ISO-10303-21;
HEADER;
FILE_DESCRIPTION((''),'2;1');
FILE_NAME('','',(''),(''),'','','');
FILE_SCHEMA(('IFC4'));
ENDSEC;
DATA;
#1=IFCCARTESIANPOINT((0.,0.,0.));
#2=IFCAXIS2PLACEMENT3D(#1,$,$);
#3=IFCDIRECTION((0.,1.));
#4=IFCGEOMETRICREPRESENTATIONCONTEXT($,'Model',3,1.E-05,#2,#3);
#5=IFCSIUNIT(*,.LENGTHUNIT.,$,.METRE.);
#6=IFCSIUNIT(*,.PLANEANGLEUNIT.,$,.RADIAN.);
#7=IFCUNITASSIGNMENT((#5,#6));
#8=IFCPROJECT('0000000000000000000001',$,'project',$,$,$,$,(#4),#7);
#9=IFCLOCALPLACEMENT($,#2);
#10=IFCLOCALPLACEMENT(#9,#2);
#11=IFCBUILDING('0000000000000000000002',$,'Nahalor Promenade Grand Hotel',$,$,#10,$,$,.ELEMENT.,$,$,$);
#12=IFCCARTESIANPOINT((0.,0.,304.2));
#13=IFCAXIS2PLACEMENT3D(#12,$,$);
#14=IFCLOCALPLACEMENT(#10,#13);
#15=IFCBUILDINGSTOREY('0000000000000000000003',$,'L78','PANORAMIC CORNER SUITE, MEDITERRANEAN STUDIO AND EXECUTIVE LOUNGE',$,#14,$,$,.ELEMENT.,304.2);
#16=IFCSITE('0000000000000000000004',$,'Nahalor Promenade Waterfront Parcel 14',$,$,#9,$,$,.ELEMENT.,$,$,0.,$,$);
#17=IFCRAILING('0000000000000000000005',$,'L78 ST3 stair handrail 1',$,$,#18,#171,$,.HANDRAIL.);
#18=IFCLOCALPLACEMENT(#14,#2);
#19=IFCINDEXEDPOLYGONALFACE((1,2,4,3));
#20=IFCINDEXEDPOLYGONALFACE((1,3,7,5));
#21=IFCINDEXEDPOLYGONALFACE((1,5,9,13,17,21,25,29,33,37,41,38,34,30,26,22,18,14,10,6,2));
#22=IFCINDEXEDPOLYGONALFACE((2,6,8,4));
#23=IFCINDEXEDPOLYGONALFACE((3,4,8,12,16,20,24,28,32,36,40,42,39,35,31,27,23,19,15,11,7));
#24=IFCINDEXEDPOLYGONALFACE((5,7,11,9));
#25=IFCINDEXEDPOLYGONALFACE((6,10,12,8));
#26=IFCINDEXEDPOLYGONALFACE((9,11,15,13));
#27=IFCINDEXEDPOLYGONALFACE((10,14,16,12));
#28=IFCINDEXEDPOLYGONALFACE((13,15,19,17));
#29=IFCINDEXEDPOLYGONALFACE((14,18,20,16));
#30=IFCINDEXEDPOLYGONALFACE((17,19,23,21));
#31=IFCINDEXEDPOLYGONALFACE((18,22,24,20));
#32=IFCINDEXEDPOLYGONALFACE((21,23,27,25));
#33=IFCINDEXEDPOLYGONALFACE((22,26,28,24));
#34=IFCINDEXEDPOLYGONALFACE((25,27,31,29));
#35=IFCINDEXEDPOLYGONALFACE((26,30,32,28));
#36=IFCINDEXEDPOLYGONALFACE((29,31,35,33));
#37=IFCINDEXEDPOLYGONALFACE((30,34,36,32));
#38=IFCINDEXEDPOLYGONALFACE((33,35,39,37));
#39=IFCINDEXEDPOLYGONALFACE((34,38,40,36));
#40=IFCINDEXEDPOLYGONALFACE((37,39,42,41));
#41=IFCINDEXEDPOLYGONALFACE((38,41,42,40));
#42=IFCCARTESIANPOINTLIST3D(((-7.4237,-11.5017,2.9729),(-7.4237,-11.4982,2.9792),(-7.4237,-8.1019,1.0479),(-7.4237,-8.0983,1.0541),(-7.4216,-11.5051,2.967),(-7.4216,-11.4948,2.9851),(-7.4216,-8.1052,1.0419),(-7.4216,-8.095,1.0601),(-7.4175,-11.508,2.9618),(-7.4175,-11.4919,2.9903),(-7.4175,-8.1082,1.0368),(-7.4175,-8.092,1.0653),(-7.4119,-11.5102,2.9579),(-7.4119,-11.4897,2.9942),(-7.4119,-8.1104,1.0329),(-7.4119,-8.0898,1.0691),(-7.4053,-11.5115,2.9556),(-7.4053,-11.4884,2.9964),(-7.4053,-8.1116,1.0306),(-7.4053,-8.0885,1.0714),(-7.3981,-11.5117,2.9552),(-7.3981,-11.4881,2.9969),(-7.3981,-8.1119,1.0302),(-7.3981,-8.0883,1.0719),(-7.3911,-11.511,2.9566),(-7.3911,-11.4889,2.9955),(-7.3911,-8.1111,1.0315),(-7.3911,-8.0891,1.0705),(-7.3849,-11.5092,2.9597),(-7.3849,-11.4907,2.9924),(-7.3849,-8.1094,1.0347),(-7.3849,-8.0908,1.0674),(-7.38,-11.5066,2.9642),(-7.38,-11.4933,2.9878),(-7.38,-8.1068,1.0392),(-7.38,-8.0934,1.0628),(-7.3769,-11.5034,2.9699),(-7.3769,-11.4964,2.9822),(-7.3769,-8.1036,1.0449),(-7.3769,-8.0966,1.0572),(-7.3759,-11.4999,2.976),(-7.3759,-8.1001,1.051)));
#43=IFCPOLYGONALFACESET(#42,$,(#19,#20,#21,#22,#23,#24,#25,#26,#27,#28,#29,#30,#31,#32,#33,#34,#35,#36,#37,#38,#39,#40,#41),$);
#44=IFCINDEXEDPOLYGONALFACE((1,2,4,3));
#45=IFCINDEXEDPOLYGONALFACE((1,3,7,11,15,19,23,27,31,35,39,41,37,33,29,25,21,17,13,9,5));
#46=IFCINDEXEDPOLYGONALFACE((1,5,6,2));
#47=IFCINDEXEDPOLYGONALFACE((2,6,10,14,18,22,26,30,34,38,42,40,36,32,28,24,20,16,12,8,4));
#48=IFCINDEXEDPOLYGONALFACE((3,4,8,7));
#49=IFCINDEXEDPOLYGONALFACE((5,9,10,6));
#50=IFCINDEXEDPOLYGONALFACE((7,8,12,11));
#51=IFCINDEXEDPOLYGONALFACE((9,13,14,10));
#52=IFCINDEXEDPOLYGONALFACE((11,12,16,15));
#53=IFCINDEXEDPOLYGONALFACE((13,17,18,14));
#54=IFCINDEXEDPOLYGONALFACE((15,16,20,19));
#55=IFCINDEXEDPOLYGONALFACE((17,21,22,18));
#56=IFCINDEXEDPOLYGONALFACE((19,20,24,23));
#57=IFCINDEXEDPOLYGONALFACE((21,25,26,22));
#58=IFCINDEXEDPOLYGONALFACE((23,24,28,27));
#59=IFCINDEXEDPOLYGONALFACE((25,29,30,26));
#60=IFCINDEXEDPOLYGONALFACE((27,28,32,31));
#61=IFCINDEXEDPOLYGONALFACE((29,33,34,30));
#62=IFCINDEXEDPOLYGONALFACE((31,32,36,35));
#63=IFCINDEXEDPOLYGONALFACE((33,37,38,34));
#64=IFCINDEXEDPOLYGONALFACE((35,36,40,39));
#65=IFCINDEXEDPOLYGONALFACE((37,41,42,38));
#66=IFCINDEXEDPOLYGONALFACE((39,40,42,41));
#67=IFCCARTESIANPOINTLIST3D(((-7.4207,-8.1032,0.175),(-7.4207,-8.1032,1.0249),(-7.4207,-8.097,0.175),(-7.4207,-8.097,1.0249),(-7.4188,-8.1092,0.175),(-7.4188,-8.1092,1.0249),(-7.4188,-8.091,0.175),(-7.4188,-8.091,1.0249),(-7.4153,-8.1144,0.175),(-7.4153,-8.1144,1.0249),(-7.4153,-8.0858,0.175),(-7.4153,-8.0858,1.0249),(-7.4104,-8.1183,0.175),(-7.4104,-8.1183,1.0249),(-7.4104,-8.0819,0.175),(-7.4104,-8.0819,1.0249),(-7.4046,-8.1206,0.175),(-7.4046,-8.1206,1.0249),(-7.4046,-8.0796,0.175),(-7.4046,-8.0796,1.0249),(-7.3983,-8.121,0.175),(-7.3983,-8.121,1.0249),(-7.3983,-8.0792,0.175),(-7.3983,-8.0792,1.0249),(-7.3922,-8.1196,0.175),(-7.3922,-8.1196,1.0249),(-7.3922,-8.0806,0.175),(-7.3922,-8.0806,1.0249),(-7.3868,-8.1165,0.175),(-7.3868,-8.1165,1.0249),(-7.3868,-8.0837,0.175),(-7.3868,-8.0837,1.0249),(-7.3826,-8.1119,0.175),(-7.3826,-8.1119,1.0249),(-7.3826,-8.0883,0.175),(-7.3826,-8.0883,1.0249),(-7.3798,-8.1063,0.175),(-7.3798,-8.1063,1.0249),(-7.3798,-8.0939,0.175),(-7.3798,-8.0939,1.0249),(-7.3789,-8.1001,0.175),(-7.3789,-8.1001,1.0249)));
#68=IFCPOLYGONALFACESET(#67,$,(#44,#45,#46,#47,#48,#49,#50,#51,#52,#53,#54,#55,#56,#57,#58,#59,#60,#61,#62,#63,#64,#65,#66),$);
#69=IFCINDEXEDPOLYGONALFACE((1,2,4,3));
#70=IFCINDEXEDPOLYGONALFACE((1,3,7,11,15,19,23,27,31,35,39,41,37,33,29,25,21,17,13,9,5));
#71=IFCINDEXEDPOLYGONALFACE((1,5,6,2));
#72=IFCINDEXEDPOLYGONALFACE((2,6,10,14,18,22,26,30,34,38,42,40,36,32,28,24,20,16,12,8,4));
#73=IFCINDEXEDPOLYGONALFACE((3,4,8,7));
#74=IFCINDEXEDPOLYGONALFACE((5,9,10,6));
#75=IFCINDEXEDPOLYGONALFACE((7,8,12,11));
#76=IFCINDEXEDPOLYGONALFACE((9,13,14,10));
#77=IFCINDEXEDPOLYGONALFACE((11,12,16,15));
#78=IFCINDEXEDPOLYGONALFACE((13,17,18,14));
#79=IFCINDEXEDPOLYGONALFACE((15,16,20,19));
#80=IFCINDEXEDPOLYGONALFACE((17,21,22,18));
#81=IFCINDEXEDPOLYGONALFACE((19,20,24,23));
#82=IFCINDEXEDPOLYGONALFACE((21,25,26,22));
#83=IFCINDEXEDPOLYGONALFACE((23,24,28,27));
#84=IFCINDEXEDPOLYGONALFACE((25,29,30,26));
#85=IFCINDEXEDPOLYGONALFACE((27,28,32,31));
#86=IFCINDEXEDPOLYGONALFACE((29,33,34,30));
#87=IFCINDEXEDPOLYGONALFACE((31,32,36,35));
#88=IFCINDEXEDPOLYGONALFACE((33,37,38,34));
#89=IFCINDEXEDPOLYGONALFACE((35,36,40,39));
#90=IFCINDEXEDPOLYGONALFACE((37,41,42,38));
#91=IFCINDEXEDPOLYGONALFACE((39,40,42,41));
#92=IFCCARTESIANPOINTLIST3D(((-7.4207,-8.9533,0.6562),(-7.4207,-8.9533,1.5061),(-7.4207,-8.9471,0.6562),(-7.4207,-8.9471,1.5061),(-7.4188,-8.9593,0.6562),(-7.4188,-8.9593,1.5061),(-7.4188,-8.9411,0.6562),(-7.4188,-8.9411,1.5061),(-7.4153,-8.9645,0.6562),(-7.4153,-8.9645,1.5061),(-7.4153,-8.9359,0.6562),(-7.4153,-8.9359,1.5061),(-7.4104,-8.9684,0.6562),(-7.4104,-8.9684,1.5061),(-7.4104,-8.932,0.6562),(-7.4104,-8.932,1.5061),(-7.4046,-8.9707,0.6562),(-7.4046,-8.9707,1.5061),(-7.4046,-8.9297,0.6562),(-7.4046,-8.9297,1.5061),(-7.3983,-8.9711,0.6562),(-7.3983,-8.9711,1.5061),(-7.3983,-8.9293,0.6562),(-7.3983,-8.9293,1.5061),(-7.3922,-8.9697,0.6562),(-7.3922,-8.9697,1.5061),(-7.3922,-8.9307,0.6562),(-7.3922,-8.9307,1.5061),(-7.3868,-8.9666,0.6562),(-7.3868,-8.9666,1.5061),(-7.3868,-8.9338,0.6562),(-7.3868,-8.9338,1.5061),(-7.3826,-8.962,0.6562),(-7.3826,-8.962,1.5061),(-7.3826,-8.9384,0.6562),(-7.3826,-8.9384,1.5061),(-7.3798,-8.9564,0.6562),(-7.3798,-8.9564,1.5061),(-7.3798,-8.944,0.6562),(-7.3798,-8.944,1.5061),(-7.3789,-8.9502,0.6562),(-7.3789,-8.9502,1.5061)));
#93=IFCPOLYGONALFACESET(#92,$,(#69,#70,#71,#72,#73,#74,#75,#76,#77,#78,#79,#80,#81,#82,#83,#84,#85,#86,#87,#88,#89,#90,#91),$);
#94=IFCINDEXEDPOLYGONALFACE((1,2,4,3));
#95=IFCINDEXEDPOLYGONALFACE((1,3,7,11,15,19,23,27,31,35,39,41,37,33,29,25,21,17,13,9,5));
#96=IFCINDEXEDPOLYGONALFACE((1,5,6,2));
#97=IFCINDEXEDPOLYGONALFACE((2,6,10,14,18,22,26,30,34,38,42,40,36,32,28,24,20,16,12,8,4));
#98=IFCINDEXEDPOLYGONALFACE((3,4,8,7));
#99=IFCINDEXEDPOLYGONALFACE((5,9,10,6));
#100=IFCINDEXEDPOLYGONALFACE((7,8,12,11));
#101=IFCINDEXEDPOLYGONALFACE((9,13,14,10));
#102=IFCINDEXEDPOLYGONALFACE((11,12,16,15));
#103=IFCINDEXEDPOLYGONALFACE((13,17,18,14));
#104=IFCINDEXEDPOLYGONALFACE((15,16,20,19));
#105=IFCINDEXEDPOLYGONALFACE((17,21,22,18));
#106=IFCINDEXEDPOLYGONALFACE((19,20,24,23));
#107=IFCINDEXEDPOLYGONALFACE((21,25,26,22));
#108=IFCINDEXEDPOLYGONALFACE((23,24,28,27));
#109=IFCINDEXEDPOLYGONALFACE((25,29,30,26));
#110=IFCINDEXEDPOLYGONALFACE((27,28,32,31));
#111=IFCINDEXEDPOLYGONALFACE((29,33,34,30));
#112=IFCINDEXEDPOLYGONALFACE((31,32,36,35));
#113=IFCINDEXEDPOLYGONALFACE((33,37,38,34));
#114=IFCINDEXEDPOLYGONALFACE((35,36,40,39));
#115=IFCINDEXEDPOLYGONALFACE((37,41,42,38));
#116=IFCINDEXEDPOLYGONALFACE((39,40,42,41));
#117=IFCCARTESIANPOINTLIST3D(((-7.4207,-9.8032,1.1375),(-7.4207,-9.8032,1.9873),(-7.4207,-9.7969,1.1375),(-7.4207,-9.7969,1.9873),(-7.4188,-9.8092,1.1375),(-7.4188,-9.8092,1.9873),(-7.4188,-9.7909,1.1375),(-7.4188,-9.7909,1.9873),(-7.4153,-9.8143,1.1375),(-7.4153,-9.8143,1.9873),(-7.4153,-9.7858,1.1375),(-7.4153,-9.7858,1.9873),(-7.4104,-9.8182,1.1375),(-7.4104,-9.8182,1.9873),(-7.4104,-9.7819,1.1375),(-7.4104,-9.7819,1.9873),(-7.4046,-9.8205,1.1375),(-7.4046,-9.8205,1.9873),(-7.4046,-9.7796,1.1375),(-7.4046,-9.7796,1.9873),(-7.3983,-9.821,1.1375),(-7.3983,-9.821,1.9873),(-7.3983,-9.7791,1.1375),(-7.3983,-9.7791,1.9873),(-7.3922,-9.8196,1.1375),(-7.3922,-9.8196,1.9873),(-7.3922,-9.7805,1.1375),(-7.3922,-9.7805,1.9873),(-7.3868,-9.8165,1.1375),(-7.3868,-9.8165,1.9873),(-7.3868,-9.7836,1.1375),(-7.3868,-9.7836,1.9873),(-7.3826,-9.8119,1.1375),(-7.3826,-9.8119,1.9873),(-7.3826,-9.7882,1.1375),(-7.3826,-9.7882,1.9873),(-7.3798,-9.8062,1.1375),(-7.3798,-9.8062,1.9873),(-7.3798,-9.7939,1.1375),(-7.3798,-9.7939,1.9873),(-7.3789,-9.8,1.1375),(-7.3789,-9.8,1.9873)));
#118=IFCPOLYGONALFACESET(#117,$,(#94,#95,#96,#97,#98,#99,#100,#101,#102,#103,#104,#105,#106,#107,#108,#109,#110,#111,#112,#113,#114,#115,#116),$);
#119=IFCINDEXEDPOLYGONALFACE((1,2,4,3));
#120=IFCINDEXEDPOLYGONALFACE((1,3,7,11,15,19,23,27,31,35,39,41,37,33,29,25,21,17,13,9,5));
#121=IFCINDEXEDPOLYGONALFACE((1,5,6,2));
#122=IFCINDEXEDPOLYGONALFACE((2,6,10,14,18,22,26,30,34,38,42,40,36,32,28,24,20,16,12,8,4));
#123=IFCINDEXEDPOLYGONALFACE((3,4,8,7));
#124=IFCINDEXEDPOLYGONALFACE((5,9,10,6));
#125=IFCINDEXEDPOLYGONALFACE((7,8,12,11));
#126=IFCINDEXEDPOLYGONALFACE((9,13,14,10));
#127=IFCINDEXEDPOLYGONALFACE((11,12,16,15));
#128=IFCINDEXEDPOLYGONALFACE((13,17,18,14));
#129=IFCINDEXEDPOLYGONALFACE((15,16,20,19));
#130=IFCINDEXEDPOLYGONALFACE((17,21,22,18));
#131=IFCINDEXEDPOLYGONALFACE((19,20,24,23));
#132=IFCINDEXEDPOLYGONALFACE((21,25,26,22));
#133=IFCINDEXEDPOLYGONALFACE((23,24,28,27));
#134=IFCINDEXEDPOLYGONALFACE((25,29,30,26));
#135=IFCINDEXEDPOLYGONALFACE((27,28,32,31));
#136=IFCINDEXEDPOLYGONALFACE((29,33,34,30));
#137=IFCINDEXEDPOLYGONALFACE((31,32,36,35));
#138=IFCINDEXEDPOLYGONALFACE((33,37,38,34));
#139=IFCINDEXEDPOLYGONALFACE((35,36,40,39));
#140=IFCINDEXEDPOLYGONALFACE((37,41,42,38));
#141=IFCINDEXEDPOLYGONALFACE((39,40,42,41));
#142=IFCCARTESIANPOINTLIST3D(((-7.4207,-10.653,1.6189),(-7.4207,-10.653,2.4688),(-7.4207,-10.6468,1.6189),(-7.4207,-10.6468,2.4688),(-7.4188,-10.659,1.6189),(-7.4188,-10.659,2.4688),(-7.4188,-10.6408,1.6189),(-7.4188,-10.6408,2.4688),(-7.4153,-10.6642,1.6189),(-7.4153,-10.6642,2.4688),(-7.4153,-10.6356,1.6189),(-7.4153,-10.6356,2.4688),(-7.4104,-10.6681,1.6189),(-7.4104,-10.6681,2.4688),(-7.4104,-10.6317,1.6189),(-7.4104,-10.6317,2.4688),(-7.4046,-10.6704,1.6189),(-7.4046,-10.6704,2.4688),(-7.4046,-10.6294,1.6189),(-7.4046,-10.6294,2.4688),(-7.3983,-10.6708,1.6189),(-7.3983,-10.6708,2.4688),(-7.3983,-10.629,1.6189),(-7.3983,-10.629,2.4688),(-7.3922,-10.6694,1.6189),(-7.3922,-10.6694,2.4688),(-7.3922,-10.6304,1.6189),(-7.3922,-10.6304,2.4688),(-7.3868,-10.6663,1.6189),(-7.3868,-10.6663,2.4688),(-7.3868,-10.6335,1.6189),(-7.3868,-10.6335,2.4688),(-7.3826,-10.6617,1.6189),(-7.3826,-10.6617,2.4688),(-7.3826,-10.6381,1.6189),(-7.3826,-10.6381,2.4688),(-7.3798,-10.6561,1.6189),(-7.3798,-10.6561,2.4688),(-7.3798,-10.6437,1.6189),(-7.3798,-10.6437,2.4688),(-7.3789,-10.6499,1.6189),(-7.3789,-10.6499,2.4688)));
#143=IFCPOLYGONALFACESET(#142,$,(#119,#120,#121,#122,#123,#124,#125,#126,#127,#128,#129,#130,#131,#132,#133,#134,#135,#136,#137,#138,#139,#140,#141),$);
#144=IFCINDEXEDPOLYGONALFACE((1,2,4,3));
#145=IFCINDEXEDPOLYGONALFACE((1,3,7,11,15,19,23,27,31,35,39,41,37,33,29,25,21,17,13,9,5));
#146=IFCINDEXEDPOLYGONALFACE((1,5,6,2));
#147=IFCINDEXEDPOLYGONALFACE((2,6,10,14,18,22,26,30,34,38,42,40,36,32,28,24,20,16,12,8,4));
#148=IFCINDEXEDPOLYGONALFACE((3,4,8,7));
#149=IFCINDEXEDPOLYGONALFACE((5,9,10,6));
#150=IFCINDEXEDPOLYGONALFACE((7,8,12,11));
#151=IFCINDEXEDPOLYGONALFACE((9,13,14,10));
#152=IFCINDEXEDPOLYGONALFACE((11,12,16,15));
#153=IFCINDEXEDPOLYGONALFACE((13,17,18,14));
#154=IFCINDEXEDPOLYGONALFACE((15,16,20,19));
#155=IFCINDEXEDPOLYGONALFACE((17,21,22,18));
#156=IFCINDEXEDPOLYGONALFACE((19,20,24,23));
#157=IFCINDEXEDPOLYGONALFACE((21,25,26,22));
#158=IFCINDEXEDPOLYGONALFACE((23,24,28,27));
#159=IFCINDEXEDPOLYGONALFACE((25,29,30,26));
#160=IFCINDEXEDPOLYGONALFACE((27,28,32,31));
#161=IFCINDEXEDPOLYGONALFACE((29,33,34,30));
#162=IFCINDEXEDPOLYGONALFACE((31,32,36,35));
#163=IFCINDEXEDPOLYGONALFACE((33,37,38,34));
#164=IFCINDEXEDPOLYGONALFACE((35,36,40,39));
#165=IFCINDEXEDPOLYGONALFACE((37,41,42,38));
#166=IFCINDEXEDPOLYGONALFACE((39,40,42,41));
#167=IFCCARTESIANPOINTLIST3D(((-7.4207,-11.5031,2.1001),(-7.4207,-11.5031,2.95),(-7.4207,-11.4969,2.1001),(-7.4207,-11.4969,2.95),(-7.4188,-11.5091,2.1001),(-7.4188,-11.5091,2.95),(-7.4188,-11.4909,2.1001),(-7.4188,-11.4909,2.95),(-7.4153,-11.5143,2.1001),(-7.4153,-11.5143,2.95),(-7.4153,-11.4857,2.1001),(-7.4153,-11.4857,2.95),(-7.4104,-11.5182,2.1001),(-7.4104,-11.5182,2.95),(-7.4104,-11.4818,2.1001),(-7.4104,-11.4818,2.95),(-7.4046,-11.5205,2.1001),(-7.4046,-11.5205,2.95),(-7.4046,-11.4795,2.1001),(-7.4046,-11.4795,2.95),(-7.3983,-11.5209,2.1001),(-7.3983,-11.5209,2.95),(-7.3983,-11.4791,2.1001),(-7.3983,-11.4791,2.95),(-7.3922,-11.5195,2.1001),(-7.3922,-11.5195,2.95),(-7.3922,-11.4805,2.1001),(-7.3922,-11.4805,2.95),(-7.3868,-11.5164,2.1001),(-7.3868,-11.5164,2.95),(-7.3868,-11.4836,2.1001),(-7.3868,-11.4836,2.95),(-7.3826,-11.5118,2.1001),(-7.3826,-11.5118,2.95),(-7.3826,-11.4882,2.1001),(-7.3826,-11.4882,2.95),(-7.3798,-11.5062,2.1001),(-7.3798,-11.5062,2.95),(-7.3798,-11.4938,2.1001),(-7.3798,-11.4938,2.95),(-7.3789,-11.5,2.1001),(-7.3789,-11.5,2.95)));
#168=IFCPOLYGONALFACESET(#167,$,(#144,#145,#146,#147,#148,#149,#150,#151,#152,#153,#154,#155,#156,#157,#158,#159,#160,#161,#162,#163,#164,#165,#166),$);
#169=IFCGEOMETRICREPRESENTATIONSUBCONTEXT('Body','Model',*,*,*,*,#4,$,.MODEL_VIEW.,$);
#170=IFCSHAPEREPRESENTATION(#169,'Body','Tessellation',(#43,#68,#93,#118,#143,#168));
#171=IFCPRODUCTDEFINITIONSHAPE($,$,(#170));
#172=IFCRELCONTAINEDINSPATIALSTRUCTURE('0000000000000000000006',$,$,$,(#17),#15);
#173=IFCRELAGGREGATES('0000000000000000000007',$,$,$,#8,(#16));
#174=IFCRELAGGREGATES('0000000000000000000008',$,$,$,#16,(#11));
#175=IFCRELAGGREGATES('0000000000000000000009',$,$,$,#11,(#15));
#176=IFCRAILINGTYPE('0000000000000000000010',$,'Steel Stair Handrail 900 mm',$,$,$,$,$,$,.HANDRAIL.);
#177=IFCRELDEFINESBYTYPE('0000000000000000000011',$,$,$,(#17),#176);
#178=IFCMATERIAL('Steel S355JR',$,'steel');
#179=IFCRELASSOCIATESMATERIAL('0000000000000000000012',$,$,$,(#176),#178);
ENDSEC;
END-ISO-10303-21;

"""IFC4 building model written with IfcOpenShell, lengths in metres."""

from ifc_helpers import new_model, si_unit, direction, frame, origin, origin_2d, place, context, subcontext, project, spatial, circle, extrude, material, type_object, element, save


model = new_model("IFC4")

# Units and contexts
model_context = context("Model", 3, precision=1e-05, world=origin(), true_north=direction((0.0, 1.0)))
body_context = subcontext(model_context, "Body", "Model", "MODEL_VIEW")
ifc_project = project(units=[si_unit("LENGTHUNIT", "METRE"), si_unit("PLANEANGLEUNIT", "RADIAN")], contexts=[model_context])

# Site, building, storey
site_placement = place(None, origin())
site = spatial("IfcSite", under=ifc_project, at=site_placement, Name="Nahalor Promenade Waterfront Parcel 14", CompositionType="ELEMENT", RefElevation=0.0)
building_placement = place(site_placement, origin())
building = spatial("IfcBuilding", under=site, at=building_placement, Name="Nahalor Promenade Grand Hotel", CompositionType="ELEMENT")
storey_placement = place(building_placement, frame((0.0, 0.0, 304.2)))
storey = spatial("IfcBuildingStorey", under=building, at=storey_placement, Name="L78", Description="PANORAMIC CORNER SUITE, MEDITERRANEAN STUDIO AND EXECUTIVE LOUNGE", CompositionType="ELEMENT", Elevation=304.2)

# Shared definitions
ifc_material_1 = material(Name="Steel S355JR", Category="steel")

# Railing
railing_type_1 = type_object("IfcRailingType", Name="Steel Stair Handrail 900 mm", PredefinedType="HANDRAIL", material=ifc_material_1)
railing_1_placement = place(storey_placement, frame((-7.3999, -8.1001, 0.175)))
element("IfcRailing", 1, at=railing_1_placement, inside=storey, type_object=railing_type_1, Name="L78 ST3 stair handrail 1", PredefinedType="HANDRAIL", context=body_context, shape_type="SweptSolid", body=[
    extrude(circle(Radius=0.024, at=origin_2d()), frame((0.0, 0.0, 0.876), z_axis=(0.0, -0.870194, 0.49271), x_axis=(1.0, 0.0, 0.0)), (0.0, 0.0, 1.0), 3.907),
    extrude(circle(Radius=0.021, at=origin_2d()), origin(), (0.0, 0.0, 1.0), 0.8499),
    extrude(circle(Radius=0.021, at=origin_2d()), frame((0.0, -0.8501, 0.4812)), (0.0, 0.0, 1.0), 0.8499),
    extrude(circle(Radius=0.021, at=origin_2d()), frame((0.0, -1.7, 0.9624)), (0.0, 0.0, 1.0), 0.8499),
    extrude(circle(Radius=0.021, at=origin_2d()), frame((0.0, -2.5498, 1.4438)), (0.0, 0.0, 1.0), 0.8499),
    extrude(circle(Radius=0.021, at=origin_2d()), frame((0.0, -3.3999, 1.925)), (0.0, 0.0, 1.0), 0.8499),
])

save(model, "model.ifc")
